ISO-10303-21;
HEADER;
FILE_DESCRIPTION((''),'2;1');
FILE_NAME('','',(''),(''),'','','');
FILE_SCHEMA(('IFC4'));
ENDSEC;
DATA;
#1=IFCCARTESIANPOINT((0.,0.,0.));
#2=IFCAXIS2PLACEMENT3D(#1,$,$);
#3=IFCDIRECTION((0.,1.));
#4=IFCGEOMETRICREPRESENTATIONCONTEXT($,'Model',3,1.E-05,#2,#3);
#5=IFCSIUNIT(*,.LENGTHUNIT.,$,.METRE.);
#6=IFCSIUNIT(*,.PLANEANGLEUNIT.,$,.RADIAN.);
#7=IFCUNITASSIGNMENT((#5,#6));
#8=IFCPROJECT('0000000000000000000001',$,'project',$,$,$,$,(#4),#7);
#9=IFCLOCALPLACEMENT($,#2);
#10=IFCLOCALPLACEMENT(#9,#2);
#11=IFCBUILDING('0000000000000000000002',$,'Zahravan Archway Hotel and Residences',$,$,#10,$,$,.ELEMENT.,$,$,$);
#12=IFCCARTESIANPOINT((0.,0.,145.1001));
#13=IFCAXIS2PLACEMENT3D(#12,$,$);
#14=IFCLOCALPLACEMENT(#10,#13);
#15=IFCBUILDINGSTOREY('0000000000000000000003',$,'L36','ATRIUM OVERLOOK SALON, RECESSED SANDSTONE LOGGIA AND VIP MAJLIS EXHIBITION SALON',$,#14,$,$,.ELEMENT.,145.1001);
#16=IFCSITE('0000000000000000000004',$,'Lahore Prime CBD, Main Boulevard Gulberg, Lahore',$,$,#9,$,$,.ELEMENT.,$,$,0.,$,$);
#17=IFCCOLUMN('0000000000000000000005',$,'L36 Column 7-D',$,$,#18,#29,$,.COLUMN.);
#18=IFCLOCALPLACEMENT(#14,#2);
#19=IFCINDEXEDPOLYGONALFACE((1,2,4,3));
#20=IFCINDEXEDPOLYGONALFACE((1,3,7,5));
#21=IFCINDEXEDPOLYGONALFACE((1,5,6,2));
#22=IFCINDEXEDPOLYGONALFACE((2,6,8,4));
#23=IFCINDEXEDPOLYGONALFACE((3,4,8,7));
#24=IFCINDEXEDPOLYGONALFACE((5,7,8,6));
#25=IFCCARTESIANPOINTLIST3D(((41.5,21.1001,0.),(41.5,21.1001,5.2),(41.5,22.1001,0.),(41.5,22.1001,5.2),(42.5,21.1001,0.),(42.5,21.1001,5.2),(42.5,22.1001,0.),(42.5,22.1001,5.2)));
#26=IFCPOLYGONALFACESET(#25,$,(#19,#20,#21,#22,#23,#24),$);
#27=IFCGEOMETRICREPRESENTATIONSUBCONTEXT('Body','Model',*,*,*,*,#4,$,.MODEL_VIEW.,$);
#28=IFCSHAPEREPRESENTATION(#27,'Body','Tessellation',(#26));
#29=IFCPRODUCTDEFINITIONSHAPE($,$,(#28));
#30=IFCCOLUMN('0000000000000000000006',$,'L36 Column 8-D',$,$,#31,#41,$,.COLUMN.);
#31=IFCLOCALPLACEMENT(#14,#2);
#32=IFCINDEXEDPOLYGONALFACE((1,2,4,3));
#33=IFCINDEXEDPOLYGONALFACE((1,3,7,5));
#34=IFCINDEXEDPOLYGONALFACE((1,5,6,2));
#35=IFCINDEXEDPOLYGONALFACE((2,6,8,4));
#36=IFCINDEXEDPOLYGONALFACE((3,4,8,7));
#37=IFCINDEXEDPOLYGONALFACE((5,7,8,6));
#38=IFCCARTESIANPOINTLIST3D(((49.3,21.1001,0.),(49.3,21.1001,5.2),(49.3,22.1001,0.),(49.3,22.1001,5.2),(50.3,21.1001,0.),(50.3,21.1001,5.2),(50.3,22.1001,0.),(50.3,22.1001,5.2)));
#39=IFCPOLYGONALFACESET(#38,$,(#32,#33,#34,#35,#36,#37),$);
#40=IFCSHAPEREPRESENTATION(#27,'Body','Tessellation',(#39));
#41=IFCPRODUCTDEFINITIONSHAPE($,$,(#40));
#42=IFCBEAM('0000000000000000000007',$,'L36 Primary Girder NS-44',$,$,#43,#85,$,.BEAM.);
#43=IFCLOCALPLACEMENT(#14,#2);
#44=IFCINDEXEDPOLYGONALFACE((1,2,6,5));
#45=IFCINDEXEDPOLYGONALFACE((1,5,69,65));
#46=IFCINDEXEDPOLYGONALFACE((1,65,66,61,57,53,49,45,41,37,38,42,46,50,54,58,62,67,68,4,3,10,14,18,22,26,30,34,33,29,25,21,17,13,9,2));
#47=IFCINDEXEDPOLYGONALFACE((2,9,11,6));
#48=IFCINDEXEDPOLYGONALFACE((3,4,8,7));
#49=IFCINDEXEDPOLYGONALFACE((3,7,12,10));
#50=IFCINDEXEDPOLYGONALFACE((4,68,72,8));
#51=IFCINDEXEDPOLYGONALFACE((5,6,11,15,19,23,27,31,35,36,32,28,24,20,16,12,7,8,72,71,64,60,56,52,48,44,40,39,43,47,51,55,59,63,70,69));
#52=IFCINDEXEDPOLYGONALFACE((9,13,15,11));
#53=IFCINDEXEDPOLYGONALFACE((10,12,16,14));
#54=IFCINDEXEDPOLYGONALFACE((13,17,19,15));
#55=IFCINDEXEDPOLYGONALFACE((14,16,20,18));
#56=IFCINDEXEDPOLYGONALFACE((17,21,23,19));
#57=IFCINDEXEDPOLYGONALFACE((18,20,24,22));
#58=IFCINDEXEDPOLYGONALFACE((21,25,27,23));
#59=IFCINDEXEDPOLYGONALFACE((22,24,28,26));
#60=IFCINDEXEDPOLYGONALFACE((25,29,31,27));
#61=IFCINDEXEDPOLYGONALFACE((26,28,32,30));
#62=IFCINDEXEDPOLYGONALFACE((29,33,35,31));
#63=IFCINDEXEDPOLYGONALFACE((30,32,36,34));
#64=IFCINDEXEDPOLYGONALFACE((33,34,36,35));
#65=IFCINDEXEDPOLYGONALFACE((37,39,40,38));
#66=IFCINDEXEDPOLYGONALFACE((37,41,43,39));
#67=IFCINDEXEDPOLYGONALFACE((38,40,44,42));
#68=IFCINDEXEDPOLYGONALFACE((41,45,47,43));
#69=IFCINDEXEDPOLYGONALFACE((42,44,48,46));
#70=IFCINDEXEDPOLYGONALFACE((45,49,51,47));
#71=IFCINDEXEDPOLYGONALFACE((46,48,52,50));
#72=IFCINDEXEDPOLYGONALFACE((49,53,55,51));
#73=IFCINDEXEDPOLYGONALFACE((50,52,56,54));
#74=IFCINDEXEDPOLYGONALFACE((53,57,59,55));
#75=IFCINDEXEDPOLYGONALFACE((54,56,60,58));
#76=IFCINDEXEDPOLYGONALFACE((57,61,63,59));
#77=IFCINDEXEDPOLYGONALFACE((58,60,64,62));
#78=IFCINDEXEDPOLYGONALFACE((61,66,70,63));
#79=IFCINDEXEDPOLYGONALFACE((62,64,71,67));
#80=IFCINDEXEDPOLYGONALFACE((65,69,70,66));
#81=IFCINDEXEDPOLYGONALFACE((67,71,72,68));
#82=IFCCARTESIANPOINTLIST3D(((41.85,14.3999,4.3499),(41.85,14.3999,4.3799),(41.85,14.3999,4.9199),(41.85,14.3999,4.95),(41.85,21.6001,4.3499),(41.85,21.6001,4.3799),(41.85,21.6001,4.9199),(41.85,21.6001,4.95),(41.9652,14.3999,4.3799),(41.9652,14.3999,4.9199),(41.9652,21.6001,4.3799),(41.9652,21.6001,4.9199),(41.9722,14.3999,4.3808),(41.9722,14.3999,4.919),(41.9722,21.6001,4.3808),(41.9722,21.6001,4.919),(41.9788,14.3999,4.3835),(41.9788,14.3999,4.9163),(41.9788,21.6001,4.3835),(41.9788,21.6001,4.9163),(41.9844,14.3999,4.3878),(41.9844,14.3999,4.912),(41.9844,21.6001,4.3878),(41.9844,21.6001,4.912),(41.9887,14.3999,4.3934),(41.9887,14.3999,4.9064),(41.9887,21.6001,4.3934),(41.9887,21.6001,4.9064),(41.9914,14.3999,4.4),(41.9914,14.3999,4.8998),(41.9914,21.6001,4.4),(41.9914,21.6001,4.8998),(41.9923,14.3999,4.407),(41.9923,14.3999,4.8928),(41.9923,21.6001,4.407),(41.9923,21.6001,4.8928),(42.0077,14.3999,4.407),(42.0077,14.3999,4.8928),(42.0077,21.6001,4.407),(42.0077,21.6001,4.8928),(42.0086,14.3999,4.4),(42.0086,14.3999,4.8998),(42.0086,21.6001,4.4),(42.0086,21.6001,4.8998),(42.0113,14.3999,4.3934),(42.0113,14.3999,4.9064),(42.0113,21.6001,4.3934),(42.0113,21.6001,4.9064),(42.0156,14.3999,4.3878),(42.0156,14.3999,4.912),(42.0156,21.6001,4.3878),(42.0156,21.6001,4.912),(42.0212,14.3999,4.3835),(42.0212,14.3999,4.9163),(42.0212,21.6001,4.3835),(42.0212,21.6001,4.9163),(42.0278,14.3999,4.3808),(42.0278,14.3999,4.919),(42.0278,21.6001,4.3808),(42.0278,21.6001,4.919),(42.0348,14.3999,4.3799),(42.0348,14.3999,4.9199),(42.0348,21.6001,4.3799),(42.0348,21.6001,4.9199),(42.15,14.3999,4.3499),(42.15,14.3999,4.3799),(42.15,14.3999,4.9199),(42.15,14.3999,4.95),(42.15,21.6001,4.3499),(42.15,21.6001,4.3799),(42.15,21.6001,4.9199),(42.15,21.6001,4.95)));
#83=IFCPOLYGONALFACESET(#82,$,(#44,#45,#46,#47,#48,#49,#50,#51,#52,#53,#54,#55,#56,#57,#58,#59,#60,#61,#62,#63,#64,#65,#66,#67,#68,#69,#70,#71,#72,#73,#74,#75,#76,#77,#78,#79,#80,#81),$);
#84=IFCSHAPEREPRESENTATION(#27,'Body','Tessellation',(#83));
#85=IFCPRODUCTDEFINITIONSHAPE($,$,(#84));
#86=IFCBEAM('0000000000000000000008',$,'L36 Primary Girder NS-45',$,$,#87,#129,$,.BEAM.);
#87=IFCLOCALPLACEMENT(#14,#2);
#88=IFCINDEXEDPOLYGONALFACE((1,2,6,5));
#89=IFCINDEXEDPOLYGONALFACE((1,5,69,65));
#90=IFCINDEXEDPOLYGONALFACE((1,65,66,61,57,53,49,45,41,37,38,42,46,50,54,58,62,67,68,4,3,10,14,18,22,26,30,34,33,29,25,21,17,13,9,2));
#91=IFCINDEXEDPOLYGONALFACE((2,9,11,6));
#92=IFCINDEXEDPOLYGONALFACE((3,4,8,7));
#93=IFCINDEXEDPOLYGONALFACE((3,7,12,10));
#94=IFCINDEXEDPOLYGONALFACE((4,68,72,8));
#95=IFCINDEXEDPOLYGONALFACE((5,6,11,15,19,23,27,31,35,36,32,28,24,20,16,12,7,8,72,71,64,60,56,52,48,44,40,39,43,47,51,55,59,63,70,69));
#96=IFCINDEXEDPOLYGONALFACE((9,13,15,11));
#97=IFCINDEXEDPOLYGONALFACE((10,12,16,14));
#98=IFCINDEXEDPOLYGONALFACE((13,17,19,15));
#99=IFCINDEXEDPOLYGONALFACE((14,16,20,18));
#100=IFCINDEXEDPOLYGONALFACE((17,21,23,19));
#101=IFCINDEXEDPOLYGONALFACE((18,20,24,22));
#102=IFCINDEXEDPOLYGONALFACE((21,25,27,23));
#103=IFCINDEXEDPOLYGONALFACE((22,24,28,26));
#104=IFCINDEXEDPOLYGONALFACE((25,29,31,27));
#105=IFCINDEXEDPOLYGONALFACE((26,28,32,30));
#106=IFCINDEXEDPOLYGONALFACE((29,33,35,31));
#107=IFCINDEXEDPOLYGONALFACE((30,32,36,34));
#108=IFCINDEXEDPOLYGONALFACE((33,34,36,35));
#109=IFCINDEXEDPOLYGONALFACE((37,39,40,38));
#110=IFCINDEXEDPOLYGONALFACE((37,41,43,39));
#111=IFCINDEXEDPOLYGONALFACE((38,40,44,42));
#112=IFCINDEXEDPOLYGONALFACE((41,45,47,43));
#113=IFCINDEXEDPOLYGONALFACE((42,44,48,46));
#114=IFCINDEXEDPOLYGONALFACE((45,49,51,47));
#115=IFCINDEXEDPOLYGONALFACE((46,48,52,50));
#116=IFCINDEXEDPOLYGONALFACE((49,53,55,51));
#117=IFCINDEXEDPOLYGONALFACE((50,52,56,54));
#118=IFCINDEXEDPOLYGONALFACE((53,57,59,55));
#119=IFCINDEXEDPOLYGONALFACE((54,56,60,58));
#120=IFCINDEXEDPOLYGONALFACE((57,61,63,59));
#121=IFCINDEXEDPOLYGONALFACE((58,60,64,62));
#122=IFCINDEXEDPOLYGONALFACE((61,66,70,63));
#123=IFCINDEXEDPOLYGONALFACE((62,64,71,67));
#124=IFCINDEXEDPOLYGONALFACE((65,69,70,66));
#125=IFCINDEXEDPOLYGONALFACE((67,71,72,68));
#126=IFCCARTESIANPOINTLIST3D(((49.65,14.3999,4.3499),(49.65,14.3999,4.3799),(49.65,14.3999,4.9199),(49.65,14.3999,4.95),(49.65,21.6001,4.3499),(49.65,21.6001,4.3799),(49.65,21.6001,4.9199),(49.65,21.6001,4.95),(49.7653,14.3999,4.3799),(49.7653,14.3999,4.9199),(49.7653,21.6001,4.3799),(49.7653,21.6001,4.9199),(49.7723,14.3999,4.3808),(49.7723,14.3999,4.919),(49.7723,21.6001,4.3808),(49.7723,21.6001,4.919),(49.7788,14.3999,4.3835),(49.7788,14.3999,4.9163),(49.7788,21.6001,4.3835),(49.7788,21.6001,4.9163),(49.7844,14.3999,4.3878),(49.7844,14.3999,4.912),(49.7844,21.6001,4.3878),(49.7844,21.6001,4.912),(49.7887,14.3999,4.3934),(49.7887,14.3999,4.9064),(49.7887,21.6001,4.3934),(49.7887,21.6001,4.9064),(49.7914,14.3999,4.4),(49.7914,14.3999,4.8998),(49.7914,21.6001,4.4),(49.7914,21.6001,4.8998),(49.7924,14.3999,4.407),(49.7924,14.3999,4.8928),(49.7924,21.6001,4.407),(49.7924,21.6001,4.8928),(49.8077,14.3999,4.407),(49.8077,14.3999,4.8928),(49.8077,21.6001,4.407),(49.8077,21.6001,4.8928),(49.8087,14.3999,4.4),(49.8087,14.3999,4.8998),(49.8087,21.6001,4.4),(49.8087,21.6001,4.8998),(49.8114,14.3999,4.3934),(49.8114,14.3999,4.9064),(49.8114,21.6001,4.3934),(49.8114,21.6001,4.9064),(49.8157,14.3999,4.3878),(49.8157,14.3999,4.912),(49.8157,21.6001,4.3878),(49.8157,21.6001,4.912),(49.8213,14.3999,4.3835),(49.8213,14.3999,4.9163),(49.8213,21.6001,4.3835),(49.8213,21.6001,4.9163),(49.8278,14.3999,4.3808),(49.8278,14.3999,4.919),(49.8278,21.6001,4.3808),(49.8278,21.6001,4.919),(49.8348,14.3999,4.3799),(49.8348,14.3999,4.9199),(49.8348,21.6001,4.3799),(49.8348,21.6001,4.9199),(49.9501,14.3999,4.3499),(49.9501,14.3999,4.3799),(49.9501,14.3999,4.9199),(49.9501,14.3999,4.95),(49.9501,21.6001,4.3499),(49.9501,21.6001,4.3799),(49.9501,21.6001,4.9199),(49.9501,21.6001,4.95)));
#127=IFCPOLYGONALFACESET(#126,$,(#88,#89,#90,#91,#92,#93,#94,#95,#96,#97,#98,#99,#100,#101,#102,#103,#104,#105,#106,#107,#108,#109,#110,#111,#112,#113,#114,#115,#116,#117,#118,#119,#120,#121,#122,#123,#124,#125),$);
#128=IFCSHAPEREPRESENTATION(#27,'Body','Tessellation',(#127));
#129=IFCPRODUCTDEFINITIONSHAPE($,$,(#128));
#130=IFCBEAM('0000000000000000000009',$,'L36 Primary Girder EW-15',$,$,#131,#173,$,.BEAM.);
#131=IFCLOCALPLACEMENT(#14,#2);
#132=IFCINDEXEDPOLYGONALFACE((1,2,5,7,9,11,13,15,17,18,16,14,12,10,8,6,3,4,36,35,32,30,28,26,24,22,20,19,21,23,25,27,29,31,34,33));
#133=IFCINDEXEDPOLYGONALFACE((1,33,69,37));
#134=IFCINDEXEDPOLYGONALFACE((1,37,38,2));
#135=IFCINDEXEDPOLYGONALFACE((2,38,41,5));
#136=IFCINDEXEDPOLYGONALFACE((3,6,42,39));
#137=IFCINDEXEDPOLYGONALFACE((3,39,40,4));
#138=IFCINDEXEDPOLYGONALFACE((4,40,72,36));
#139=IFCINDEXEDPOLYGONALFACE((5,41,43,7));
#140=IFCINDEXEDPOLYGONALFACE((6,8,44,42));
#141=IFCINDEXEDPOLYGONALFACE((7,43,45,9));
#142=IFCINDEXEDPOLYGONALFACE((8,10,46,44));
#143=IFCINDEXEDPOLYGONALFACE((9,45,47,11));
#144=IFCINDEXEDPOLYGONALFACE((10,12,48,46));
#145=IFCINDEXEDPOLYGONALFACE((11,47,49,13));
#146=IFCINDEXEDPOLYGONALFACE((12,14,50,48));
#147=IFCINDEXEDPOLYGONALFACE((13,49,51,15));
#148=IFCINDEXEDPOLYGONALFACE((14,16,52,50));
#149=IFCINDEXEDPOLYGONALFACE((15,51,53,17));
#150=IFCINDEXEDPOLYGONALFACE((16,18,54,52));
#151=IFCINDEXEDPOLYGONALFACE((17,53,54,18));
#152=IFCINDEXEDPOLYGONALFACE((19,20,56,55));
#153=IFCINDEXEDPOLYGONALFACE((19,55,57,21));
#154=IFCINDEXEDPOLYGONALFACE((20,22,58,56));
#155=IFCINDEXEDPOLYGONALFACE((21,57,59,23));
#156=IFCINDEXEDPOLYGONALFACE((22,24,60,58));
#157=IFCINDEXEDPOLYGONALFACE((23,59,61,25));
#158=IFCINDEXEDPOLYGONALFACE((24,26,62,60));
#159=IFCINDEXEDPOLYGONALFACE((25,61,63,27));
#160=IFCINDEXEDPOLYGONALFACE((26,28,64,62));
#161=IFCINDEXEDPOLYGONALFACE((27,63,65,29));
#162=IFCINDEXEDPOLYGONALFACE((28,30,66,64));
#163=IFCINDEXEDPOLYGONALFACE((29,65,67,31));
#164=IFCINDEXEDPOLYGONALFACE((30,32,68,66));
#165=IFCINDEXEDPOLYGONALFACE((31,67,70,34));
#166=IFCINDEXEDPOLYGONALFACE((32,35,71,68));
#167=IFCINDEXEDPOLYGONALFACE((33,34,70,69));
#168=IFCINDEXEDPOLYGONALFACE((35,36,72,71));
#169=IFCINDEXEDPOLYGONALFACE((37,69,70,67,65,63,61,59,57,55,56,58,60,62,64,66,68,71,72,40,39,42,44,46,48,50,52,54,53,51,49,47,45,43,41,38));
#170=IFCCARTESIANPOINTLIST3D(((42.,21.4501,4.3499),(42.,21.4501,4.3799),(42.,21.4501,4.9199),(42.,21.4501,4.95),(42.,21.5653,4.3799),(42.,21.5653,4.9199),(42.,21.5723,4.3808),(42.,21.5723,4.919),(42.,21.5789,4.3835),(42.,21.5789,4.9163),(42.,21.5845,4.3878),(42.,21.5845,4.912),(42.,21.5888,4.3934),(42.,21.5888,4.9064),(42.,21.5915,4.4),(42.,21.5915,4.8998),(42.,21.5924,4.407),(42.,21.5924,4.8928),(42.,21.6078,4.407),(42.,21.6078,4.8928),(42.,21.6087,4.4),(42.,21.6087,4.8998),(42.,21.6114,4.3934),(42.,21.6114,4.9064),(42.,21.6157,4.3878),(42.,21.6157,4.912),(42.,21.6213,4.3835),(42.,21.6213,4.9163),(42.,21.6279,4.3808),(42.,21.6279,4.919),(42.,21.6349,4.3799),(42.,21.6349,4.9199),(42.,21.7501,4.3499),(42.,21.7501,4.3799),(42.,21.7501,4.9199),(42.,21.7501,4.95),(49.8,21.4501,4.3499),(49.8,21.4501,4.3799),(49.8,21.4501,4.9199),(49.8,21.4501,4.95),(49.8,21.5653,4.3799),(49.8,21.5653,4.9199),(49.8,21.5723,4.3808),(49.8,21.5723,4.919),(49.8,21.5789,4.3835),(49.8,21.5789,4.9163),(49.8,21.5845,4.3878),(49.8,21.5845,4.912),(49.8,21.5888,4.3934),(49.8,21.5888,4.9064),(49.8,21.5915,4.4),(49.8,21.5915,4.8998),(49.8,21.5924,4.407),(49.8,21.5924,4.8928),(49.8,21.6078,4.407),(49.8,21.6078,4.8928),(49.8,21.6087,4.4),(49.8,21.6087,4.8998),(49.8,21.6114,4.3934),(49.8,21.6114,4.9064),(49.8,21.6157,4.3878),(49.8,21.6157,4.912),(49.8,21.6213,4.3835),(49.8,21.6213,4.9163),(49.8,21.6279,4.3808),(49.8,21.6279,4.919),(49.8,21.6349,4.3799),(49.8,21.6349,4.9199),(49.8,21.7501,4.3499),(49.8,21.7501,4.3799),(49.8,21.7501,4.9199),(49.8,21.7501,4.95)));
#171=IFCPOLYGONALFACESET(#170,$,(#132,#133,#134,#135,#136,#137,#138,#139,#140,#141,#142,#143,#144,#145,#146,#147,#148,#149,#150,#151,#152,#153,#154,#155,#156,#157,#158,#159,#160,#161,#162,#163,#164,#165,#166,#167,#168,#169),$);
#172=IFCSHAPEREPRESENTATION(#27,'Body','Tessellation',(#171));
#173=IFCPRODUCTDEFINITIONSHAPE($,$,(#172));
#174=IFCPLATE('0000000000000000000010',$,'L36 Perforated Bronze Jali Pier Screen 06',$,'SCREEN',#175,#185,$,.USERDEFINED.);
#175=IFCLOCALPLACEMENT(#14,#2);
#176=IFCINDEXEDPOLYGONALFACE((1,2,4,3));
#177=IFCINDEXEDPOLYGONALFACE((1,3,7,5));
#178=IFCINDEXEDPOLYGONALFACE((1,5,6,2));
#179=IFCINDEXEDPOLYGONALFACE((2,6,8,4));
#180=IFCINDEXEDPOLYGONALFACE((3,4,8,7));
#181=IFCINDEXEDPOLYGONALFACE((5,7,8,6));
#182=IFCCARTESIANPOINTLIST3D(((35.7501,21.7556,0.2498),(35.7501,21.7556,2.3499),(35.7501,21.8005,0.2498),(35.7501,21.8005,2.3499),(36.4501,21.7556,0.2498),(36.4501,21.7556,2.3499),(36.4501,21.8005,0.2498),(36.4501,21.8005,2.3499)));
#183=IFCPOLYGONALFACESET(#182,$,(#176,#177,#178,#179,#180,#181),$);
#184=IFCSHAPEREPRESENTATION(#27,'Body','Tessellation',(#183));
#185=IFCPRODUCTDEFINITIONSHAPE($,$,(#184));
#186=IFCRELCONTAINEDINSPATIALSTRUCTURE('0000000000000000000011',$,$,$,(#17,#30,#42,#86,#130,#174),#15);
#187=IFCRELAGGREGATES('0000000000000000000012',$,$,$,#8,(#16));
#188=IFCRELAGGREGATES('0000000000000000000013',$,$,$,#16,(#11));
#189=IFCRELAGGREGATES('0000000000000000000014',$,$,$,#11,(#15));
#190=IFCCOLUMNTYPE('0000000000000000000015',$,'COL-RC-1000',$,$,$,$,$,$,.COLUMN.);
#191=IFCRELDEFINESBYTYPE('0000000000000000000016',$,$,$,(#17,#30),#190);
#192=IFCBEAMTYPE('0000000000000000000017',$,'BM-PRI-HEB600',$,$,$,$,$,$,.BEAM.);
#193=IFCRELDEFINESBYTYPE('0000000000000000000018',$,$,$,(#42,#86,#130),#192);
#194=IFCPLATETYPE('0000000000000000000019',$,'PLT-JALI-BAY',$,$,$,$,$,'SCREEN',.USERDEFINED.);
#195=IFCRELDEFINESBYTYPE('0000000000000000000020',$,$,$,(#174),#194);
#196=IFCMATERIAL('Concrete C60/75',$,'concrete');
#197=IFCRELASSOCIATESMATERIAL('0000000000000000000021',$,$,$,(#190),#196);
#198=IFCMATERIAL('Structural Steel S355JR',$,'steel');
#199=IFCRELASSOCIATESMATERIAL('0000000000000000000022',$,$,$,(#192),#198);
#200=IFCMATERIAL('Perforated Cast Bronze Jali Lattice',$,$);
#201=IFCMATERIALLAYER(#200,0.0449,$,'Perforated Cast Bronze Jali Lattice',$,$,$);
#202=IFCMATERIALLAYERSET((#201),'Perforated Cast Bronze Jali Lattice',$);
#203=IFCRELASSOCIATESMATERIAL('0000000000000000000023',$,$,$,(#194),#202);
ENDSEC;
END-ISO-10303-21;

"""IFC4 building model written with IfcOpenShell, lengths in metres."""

from ifc_helpers import new_model, si_unit, direction, frame, origin, origin_2d, place, context, subcontext, project, spatial, rectangle, i_section, extrude, source, transform, mapped, material, layer, layer_set, material_profile, profile_set, type_object, type_shapes, element, save


model = new_model("IFC4")

# Units and contexts
model_context = context("Model", 3, precision=1e-05, world=origin(), true_north=direction((0.0, 1.0)))
body_context = subcontext(model_context, "Body", "Model", "MODEL_VIEW")
ifc_project = project(units=[si_unit("LENGTHUNIT", "METRE"), si_unit("PLANEANGLEUNIT", "RADIAN")], contexts=[model_context])

# Site, building, storey
site_placement = place(None, origin())
site = spatial("IfcSite", under=ifc_project, at=site_placement, Name="Lahore Prime CBD, Main Boulevard Gulberg, Lahore", CompositionType="ELEMENT", RefElevation=0.0)
building_placement = place(site_placement, origin())
building = spatial("IfcBuilding", under=site, at=building_placement, Name="Zahravan Archway Hotel and Residences", CompositionType="ELEMENT")
storey_placement = place(building_placement, frame((0.0, 0.0, 145.1001)))
storey = spatial("IfcBuildingStorey", under=building, at=storey_placement, Name="L36", Description="ATRIUM OVERLOOK SALON, RECESSED SANDSTONE LOGGIA AND VIP MAJLIS EXHIBITION SALON", CompositionType="ELEMENT", Elevation=145.1001)

# Columns
ifc_material_1 = material(Name="Concrete C60/75", Category="concrete")
ifc_material_profile_1 = material_profile(ifc_material_1, rectangle(XDim=1.0, YDim=1.0, at=origin_2d()), Name="RC-COL-1000x1000", Category="concrete")
ifc_profile_set_1 = profile_set([ifc_material_profile_1], Name="Concrete C60/75")
column_type = type_object("IfcColumnType", Name="COL-RC-1000", PredefinedType="COLUMN", material=ifc_profile_set_1)
shared_shape_1 = source(origin(), body_context, "Body", "SweptSolid", [
    extrude(rectangle(XDim=1.0, YDim=1.0, at=origin_2d()), origin(), (0.0, 0.0, 1.0), 5.2),
])
for number, where, z_axis, x_axis, name in (
    (1, (42.0, 21.6001, 0.0), (0.0, 0.0, 1.0), (1.0, 0.0, 0.0), "L36 Column 7-D"),
    (2, (49.8, 21.6001, 0.0), (0.0, 0.0, 1.0), (1.0, 0.0, 0.0), "L36 Column 8-D"),
):
    element("IfcColumn", number, at=place(storey_placement, frame(where, z_axis=z_axis, x_axis=x_axis)), inside=storey, type_object=column_type, Name=name, PredefinedType="COLUMN", context=body_context, shape_type="MappedRepresentation", body=[
        mapped(shared_shape_1, transform((0.0, 0.0, 0.0), scale=1.0)),
    ])

# Beams
ifc_material_2 = material(Name="Structural Steel S355JR", Category="steel")
ifc_material_profile_2 = material_profile(ifc_material_2, i_section(OverallWidth=0.3, OverallDepth=0.6001, WebThickness=0.0154, FlangeThickness=0.03, FilletRadius=0.0271, at=origin_2d()), Name="HEB 600", Category="steel")
ifc_profile_set_2 = profile_set([ifc_material_profile_2], Name="Structural Steel S355JR")
beam_type = type_object("IfcBeamType", Name="BM-PRI-HEB600", PredefinedType="BEAM", material=ifc_profile_set_2)
shared_shape_2 = source(origin(), body_context, "Body", "SweptSolid", [
    extrude(i_section(OverallWidth=0.3, OverallDepth=0.6001, WebThickness=0.0154, FlangeThickness=0.03, FilletRadius=0.0271, at=origin_2d()), origin(), (0.0, 0.0, 1.0), 7.2002),
])
type_shapes(beam_type, [shared_shape_2])
for number, where, z_axis, x_axis, name in (
    (3, (42.0, 14.3999, 4.6499), (0.0, 1.0, 0.0), (-1.0, 0.0, 0.0), "L36 Primary Girder NS-44"),
    (4, (49.8, 14.3999, 4.6499), (0.0, 1.0, 0.0), (-1.0, 0.0, 0.0), "L36 Primary Girder NS-45"),
):
    element("IfcBeam", number, at=place(storey_placement, frame(where, z_axis=z_axis, x_axis=x_axis)), inside=storey, type_object=beam_type, Name=name, PredefinedType="BEAM", context=body_context, shape_type="MappedRepresentation", body=[
        mapped(shared_shape_2, transform((0.0, 0.0, 0.0), scale=1.0)),
    ])
shared_shape_3 = source(origin(), body_context, "Body", "SweptSolid", [
    extrude(i_section(OverallWidth=0.3, OverallDepth=0.6001, WebThickness=0.0154, FlangeThickness=0.03, FilletRadius=0.0271, at=origin_2d()), origin(), (0.0, 0.0, 1.0), 7.8),
])
beam_placement = place(storey_placement, frame((42.0, 21.6001, 4.6499), z_axis=(1.0, 0.0, 0.0), x_axis=(0.0, 1.0, 0.0)))
element("IfcBeam", 5, at=beam_placement, inside=storey, type_object=beam_type, Name="L36 Primary Girder EW-15", PredefinedType="BEAM", context=body_context, shape_type="MappedRepresentation", body=[
    mapped(shared_shape_3, transform((0.0, 0.0, 0.0), scale=1.0)),
])

# Plate
ifc_material_3 = material(Name="Perforated Cast Bronze Jali Lattice")
ifc_layer_1 = layer(ifc_material_3, 0.0449, Name="Perforated Cast Bronze Jali Lattice")
ifc_layer_set_1 = layer_set([ifc_layer_1], Name="Perforated Cast Bronze Jali Lattice")
plate_type = type_object("IfcPlateType", Name="PLT-JALI-BAY", ElementType="SCREEN", PredefinedType="USERDEFINED", material=ifc_layer_set_1)
shared_shape_4 = source(origin(), body_context, "Body", "SweptSolid", [
    extrude(rectangle(XDim=0.7, YDim=0.0449, at=origin_2d()), origin(), (0.0, 0.0, 1.0), 2.1001),
])
type_shapes(plate_type, [shared_shape_4])
plate_placement = place(storey_placement, frame((36.1001, 21.7781, 0.2498), z_axis=(0.0, 0.0, 1.0), x_axis=(1.0, 0.0, 0.0)))
element("IfcPlate", 6, at=plate_placement, inside=storey, type_object=plate_type, Name="L36 Perforated Bronze Jali Pier Screen 06", ObjectType="SCREEN", PredefinedType="USERDEFINED", context=body_context, shape_type="MappedRepresentation", body=[
    mapped(shared_shape_4, transform((0.0, 0.0, 0.0), scale=1.0)),
])

save(model, "model.ifc")
